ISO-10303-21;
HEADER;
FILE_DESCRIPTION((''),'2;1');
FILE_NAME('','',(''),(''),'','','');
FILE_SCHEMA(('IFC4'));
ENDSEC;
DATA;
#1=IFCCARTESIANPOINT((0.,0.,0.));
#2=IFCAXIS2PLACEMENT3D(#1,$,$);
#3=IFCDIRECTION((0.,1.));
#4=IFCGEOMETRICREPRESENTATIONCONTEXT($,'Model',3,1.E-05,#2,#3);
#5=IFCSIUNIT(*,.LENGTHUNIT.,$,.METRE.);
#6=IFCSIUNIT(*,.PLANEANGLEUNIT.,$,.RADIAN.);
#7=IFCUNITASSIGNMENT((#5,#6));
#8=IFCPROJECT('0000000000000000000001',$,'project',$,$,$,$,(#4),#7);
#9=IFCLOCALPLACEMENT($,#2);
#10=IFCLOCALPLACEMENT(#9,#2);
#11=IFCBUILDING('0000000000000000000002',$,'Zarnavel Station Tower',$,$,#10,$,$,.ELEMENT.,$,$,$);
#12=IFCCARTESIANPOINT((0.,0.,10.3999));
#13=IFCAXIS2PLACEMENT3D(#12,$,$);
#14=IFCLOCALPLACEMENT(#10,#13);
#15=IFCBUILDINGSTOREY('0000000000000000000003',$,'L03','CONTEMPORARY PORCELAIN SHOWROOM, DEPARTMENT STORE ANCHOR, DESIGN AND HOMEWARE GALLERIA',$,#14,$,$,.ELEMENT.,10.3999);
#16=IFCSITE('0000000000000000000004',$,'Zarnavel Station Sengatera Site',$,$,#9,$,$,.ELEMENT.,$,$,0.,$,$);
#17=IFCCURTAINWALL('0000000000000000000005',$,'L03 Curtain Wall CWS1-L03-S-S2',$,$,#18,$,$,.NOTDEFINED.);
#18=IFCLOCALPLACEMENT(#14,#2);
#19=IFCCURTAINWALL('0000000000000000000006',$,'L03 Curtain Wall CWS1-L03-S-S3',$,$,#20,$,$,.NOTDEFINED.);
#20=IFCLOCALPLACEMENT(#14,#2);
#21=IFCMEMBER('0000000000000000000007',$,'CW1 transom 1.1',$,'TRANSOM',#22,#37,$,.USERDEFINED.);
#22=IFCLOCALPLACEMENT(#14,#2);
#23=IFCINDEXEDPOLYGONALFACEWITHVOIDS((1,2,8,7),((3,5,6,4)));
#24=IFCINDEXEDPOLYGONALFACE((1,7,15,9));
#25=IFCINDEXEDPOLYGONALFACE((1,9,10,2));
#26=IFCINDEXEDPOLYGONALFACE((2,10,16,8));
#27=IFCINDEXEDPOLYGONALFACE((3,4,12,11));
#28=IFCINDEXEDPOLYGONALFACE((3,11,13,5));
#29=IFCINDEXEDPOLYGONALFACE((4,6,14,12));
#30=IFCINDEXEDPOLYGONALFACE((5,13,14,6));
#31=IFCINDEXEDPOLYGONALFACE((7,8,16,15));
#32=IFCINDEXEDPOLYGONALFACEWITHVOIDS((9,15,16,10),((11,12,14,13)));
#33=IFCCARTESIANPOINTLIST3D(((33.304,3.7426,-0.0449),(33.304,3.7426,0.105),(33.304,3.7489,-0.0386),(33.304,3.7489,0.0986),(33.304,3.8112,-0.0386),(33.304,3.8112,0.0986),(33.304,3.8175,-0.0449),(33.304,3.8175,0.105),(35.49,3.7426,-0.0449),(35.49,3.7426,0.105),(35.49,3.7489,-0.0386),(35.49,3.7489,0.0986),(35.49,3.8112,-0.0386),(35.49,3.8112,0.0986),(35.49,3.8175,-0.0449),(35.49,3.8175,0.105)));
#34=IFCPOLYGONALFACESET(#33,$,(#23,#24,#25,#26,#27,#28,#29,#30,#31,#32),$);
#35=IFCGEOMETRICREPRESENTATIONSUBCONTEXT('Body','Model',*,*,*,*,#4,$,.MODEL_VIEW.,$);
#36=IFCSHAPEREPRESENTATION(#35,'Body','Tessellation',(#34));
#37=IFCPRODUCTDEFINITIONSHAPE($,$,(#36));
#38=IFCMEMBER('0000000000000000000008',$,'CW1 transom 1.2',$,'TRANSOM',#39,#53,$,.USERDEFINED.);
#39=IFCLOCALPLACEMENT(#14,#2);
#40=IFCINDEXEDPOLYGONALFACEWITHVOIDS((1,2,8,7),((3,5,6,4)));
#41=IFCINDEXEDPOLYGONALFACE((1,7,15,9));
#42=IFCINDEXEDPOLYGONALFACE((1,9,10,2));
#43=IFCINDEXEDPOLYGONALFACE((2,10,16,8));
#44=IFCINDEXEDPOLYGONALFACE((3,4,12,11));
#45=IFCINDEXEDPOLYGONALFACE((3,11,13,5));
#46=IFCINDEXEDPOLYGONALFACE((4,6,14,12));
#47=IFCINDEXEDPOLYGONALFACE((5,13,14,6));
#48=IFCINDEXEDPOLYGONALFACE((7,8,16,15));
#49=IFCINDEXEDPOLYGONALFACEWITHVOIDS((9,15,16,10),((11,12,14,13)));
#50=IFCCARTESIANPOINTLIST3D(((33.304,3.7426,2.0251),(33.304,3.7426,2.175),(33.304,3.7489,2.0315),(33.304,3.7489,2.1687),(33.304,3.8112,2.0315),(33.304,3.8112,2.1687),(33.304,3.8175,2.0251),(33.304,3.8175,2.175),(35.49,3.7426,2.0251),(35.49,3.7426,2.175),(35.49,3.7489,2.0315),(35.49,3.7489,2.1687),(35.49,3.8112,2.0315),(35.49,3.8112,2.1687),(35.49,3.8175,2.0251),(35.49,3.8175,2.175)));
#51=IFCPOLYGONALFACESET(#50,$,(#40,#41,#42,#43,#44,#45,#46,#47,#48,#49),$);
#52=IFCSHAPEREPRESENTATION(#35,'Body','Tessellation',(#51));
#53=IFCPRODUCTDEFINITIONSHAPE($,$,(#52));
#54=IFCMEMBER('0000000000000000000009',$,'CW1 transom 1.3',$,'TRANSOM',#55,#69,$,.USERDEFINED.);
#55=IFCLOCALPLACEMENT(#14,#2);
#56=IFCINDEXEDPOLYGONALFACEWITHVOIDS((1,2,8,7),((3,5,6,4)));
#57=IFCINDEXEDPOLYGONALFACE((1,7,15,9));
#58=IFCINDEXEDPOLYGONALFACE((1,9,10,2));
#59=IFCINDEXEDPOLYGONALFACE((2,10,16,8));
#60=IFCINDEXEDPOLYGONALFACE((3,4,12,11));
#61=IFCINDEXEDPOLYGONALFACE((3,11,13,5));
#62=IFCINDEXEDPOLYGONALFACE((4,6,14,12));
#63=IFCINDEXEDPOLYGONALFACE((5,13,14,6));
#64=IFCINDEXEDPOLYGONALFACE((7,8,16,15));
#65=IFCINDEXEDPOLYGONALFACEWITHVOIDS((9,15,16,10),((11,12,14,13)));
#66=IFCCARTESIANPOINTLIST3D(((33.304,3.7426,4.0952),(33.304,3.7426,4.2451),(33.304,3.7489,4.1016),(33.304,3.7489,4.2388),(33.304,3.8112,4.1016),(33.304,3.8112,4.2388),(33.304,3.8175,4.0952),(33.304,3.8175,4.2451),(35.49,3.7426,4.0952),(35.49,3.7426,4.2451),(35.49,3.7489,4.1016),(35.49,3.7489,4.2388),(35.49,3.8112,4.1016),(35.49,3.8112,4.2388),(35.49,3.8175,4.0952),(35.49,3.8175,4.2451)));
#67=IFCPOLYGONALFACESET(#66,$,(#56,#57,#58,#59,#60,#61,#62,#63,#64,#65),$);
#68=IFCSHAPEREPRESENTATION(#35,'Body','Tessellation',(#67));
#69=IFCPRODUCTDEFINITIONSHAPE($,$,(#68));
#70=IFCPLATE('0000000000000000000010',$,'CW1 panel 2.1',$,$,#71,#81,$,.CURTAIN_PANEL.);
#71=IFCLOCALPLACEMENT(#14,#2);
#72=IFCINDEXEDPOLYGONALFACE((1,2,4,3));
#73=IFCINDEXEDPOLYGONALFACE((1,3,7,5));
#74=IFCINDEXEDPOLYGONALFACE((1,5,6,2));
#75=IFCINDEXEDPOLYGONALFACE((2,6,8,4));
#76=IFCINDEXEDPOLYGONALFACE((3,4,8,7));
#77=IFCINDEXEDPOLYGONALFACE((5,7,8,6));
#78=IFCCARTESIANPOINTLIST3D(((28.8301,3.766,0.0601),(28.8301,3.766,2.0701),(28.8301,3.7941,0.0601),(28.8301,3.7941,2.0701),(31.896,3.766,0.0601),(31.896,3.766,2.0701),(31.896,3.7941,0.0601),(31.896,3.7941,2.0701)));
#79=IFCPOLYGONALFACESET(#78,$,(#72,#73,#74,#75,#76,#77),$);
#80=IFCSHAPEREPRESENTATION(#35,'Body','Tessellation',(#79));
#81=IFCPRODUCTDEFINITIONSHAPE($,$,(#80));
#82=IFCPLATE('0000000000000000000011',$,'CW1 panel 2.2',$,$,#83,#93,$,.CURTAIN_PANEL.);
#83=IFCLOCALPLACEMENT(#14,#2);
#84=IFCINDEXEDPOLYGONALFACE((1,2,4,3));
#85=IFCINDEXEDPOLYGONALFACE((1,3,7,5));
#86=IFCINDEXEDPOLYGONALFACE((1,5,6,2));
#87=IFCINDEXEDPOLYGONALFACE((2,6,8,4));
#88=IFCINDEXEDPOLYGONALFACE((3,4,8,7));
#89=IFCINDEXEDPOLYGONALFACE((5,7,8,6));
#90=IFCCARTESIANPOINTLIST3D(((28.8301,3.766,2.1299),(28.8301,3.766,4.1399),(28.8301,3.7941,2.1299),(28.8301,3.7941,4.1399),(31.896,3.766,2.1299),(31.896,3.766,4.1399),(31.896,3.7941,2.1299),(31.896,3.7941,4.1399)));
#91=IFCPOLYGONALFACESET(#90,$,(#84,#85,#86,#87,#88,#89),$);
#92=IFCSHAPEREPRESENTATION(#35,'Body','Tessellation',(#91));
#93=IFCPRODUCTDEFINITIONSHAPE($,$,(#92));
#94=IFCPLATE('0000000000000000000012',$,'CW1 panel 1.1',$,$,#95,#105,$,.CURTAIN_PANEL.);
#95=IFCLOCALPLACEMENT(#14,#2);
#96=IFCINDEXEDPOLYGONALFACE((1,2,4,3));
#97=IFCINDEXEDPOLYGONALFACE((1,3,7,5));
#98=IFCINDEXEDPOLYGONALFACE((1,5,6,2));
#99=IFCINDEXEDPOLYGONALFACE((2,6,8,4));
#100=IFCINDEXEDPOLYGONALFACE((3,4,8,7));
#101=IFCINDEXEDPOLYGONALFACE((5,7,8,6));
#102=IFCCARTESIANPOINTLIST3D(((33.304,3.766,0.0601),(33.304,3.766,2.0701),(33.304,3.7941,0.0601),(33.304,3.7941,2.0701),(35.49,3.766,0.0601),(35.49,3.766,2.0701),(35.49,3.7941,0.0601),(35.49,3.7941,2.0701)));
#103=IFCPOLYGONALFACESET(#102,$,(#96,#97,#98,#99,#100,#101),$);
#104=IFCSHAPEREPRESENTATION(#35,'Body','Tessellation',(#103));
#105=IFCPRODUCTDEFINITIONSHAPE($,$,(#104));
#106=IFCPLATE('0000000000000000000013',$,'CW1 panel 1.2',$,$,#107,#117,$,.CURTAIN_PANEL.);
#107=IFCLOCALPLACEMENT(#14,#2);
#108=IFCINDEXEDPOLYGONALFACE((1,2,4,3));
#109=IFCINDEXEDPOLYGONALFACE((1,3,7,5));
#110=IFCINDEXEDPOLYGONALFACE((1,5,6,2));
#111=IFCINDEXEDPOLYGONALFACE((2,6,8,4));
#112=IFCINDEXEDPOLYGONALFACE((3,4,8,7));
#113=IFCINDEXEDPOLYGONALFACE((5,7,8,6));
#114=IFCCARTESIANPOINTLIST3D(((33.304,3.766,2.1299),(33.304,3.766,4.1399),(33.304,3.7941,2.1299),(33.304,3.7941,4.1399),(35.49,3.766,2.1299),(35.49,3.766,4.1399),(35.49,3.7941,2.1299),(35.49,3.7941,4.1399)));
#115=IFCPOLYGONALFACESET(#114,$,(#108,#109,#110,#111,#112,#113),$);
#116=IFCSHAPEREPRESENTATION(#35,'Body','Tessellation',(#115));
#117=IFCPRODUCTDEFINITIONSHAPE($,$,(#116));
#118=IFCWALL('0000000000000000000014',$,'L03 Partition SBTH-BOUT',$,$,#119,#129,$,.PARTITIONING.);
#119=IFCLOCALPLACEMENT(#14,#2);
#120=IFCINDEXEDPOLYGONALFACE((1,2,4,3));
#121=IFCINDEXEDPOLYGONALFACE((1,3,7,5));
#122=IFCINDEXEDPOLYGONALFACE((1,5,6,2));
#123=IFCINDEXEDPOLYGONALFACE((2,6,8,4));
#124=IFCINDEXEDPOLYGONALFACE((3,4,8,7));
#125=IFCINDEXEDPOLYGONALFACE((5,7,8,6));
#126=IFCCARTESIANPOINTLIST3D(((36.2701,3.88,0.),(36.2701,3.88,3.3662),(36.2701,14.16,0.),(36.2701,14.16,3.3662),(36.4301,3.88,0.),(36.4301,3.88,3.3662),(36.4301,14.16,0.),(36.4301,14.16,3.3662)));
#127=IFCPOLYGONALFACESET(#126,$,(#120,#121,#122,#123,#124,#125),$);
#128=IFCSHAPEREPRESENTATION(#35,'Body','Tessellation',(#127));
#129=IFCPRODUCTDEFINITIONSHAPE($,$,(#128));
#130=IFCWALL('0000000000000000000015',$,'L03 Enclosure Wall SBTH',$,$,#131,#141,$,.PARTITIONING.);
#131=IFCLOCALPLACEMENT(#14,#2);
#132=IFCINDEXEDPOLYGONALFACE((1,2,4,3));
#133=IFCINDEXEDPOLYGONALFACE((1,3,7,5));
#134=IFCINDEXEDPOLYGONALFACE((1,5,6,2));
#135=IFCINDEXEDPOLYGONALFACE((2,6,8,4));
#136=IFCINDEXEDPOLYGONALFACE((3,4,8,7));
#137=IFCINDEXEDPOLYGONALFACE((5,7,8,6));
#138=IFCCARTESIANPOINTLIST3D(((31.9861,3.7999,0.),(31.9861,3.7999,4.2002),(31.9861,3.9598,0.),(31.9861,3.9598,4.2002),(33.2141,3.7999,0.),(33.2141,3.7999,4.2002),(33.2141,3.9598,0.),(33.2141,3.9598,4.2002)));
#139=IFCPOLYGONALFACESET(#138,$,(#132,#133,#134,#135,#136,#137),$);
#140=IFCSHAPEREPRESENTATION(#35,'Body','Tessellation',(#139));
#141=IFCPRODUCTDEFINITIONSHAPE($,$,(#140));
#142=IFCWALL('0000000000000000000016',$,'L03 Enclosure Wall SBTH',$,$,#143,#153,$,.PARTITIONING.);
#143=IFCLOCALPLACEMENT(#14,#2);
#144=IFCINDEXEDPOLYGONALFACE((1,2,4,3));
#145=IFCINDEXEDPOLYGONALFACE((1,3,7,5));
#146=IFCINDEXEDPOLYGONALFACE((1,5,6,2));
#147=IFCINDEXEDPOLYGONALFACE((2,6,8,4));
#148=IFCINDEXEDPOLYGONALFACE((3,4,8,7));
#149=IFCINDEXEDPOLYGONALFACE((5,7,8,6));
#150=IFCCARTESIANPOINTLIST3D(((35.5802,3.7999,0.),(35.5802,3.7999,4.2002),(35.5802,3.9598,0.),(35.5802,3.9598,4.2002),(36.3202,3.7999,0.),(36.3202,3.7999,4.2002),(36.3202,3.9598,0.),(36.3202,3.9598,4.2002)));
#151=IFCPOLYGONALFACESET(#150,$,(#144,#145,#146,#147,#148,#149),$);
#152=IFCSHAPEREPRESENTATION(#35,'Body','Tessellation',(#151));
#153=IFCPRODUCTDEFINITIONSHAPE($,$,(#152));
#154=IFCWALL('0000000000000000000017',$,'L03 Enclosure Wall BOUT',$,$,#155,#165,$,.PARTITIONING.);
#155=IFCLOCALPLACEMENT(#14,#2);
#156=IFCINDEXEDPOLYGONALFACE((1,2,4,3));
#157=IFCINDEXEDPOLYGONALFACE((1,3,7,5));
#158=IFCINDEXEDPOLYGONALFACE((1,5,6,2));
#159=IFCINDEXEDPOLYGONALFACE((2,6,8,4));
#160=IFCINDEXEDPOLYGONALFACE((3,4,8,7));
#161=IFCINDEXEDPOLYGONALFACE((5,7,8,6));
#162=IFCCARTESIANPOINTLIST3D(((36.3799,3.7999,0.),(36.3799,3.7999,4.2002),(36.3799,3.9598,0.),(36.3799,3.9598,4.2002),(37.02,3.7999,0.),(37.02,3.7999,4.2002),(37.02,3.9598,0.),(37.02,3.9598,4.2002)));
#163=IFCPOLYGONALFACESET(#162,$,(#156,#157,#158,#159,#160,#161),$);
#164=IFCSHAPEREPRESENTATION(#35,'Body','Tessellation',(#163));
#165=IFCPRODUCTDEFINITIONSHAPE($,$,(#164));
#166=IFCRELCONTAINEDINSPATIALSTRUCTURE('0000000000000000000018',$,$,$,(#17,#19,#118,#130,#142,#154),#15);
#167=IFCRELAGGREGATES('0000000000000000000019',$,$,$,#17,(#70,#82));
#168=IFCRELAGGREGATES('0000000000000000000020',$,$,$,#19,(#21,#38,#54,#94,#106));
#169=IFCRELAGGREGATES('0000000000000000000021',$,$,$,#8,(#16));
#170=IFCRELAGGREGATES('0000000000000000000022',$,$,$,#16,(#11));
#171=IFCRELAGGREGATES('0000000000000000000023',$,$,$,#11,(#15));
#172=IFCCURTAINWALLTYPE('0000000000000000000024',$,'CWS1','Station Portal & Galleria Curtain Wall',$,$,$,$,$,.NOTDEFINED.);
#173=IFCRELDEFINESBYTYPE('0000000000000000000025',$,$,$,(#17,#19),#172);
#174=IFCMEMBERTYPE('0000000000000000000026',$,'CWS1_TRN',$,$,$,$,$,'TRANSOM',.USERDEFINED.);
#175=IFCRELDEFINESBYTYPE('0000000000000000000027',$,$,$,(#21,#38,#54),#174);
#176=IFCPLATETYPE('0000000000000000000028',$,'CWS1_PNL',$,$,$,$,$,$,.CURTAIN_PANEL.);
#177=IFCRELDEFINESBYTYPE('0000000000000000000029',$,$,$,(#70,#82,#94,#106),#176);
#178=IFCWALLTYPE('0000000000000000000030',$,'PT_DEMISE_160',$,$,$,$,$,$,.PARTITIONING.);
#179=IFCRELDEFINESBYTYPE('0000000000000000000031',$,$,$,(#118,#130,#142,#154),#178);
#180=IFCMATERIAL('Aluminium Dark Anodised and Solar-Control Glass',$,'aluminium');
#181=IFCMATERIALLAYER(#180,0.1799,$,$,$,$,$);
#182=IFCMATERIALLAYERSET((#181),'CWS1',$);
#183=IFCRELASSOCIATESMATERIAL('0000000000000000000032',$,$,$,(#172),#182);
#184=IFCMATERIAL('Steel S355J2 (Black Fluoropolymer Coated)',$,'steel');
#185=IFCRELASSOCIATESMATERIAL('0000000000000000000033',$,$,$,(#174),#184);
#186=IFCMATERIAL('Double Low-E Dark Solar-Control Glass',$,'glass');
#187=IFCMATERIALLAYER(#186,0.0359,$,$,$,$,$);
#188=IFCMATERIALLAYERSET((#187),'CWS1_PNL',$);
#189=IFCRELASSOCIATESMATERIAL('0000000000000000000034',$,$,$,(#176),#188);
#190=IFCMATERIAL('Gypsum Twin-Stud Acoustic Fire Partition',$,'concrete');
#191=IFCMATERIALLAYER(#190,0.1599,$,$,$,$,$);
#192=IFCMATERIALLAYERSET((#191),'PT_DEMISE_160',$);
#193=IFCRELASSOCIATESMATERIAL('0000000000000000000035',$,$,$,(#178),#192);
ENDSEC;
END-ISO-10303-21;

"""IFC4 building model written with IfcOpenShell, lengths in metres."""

from ifc_helpers import new_model, si_unit, direction, frame, frame_2d, origin, origin_2d, place, context, subcontext, project, spatial, rectangle, hollow_rectangle, extrude, material, layer, layer_set, material_profile, profile_set, type_object, element, aggregate, save


model = new_model("IFC4")

# Units and contexts
model_context = context("Model", 3, precision=1e-05, world=origin(), true_north=direction((0.0, 1.0)))
body_context = subcontext(model_context, "Body", "Model", "MODEL_VIEW")
ifc_project = project(units=[si_unit("LENGTHUNIT", "METRE"), si_unit("PLANEANGLEUNIT", "RADIAN")], contexts=[model_context])

# Site, building, storey
site_placement = place(None, origin())
site = spatial("IfcSite", under=ifc_project, at=site_placement, Name="Zarnavel Station Sengatera Site", CompositionType="ELEMENT", RefElevation=0.0)
building_placement = place(site_placement, origin())
building = spatial("IfcBuilding", under=site, at=building_placement, Name="Zarnavel Station Tower", CompositionType="ELEMENT")
storey_placement = place(building_placement, frame((0.0, 0.0, 10.3999)))
storey = spatial("IfcBuildingStorey", under=building, at=storey_placement, Name="L03", Description="CONTEMPORARY PORCELAIN SHOWROOM, DEPARTMENT STORE ANCHOR, DESIGN AND HOMEWARE GALLERIA", CompositionType="ELEMENT", Elevation=10.3999)

# Curtain walls
ifc_material_1 = material(Name="Aluminium Dark Anodised and Solar-Control Glass", Category="aluminium")
ifc_layer_1 = layer(ifc_material_1, 0.1799)
ifc_layer_set_1 = layer_set([ifc_layer_1], Name="CWS1")
curtain_wall_type = type_object("IfcCurtainWallType", Name="CWS1", Description="Station Portal & Galleria Curtain Wall", PredefinedType="NOTDEFINED", material=ifc_layer_set_1)
curtain_wall_1_placement = place(storey_placement, origin())
curtain_wall_1 = element("IfcCurtainWall", 1, at=curtain_wall_1_placement, inside=storey, type_object=curtain_wall_type, Name="L03 Curtain Wall CWS1-L03-S-S2", PredefinedType="NOTDEFINED")
curtain_wall_2_placement = place(storey_placement, origin())
curtain_wall_2 = element("IfcCurtainWall", 2, at=curtain_wall_2_placement, inside=storey, type_object=curtain_wall_type, Name="L03 Curtain Wall CWS1-L03-S-S3", PredefinedType="NOTDEFINED")

# Members
ifc_material_2 = material(Name="Steel S355J2 (Black Fluoropolymer Coated)", Category="steel")
ifc_material_profile_1 = material_profile(ifc_material_2, hollow_rectangle(XDim=0.075, YDim=0.1499, WallThickness=0.0063, at=origin_2d()), Name="RHS150x75x6.3")
ifc_profile_set_1 = profile_set([ifc_material_profile_1], Name="Steel S355J2 (Black Fluoropolymer Coated)")
member_type_1 = type_object("IfcMemberType", Name="CWS1_TRN", ElementType="TRANSOM", PredefinedType="USERDEFINED", material=ifc_profile_set_1)
member_1_placement = place(storey_placement, frame((33.304, 3.78, 0.03), z_axis=(1.0, 0.0, 0.0), x_axis=(0.0, 1.0, 0.0)))
member_1 = element("IfcMember", 3, at=member_1_placement, type_object=member_type_1, Name="CW1 transom 1.1", ObjectType="TRANSOM", PredefinedType="USERDEFINED", context=body_context, shape_type="SweptSolid", body=[
    extrude(hollow_rectangle(XDim=0.075, YDim=0.1499, WallThickness=0.0063, at=origin_2d()), origin(), (0.0, 0.0, 1.0), 2.186),
])
member_2_placement = place(storey_placement, frame((33.304, 3.78, 2.1001), z_axis=(1.0, 0.0, 0.0), x_axis=(0.0, 1.0, 0.0)))
member_2 = element("IfcMember", 4, at=member_2_placement, type_object=member_type_1, Name="CW1 transom 1.2", ObjectType="TRANSOM", PredefinedType="USERDEFINED", context=body_context, shape_type="SweptSolid", body=[
    extrude(hollow_rectangle(XDim=0.075, YDim=0.1499, WallThickness=0.0063, at=origin_2d()), origin(), (0.0, 0.0, 1.0), 2.186),
])
member_3_placement = place(storey_placement, frame((33.304, 3.78, 4.1702), z_axis=(1.0, 0.0, 0.0), x_axis=(0.0, 1.0, 0.0)))
member_3 = element("IfcMember", 5, at=member_3_placement, type_object=member_type_1, Name="CW1 transom 1.3", ObjectType="TRANSOM", PredefinedType="USERDEFINED", context=body_context, shape_type="SweptSolid", body=[
    extrude(hollow_rectangle(XDim=0.075, YDim=0.1499, WallThickness=0.0063, at=origin_2d()), origin(), (0.0, 0.0, 1.0), 2.186),
])

# Plates
ifc_material_3 = material(Name="Double Low-E Dark Solar-Control Glass", Category="glass")
ifc_layer_2 = layer(ifc_material_3, 0.0359)
ifc_layer_set_2 = layer_set([ifc_layer_2], Name="CWS1_PNL")
plate_type = type_object("IfcPlateType", Name="CWS1_PNL", PredefinedType="CURTAIN_PANEL", material=ifc_layer_set_2)
plate_1_placement = place(storey_placement, frame((30.363, 3.78, 0.0601), z_axis=(0.0, 0.0, 1.0), x_axis=(1.0, 0.0, 0.0)))
plate_1 = element("IfcPlate", 6, at=plate_1_placement, type_object=plate_type, Name="CW1 panel 2.1", PredefinedType="CURTAIN_PANEL", context=body_context, shape_type="SweptSolid", body=[
    extrude(rectangle(XDim=3.0659, YDim=0.0281, at=origin_2d()), origin(), (0.0, 0.0, 1.0), 2.01),
])
plate_2_placement = place(storey_placement, frame((30.363, 3.78, 2.1299), z_axis=(0.0, 0.0, 1.0), x_axis=(1.0, 0.0, 0.0)))
plate_2 = element("IfcPlate", 7, at=plate_2_placement, type_object=plate_type, Name="CW1 panel 2.2", PredefinedType="CURTAIN_PANEL", context=body_context, shape_type="SweptSolid", body=[
    extrude(rectangle(XDim=3.0659, YDim=0.0281, at=origin_2d()), origin(), (0.0, 0.0, 1.0), 2.01),
])
aggregate(curtain_wall_1, [plate_1, plate_2])
plate_3_placement = place(storey_placement, frame((34.397, 3.78, 0.0601), z_axis=(0.0, 0.0, 1.0), x_axis=(1.0, 0.0, 0.0)))
plate_3 = element("IfcPlate", 8, at=plate_3_placement, type_object=plate_type, Name="CW1 panel 1.1", PredefinedType="CURTAIN_PANEL", context=body_context, shape_type="SweptSolid", body=[
    extrude(rectangle(XDim=2.186, YDim=0.0281, at=origin_2d()), origin(), (0.0, 0.0, 1.0), 2.01),
])
plate_4_placement = place(storey_placement, frame((34.397, 3.78, 2.1299), z_axis=(0.0, 0.0, 1.0), x_axis=(1.0, 0.0, 0.0)))
plate_4 = element("IfcPlate", 9, at=plate_4_placement, type_object=plate_type, Name="CW1 panel 1.2", PredefinedType="CURTAIN_PANEL", context=body_context, shape_type="SweptSolid", body=[
    extrude(rectangle(XDim=2.186, YDim=0.0281, at=origin_2d()), origin(), (0.0, 0.0, 1.0), 2.01),
])
aggregate(curtain_wall_2, [member_1, member_2, member_3, plate_3, plate_4])

# Walls
ifc_material_4 = material(Name="Gypsum Twin-Stud Acoustic Fire Partition", Category="concrete")
ifc_layer_3 = layer(ifc_material_4, 0.1599)
ifc_layer_set_3 = layer_set([ifc_layer_3], Name="PT_DEMISE_160")
wall_type = type_object("IfcWallType", Name="PT_DEMISE_160", PredefinedType="PARTITIONING", material=ifc_layer_set_3)
wall_1_placement = place(storey_placement, frame((36.3501, 3.8799, 0.0), z_axis=(0.0, 0.0, 1.0), x_axis=(0.0, 1.0, 0.0)))
element("IfcWall", 10, at=wall_1_placement, inside=storey, type_object=wall_type, Name="L03 Partition SBTH-BOUT", PredefinedType="PARTITIONING", context=body_context, shape_type="SweptSolid", body=[
    extrude(rectangle(XDim=10.28, YDim=0.1599, at=frame_2d((5.1401, 0.0))), origin(), (0.0, 0.0, 1.0), 3.3662),
])
wall_2_placement = place(storey_placement, frame((31.9861, 3.8799, 0.0), z_axis=(0.0, 0.0, 1.0), x_axis=(1.0, 0.0, 0.0)))
element("IfcWall", 11, at=wall_2_placement, inside=storey, type_object=wall_type, Name="L03 Enclosure Wall SBTH", PredefinedType="PARTITIONING", context=body_context, shape_type="SweptSolid", body=[
    extrude(rectangle(XDim=1.228, YDim=0.1599, at=frame_2d((0.614, 0.0))), origin(), (0.0, 0.0, 1.0), 4.2002),
])
wall_3_placement = place(storey_placement, frame((35.5801, 3.8799, 0.0), z_axis=(0.0, 0.0, 1.0), x_axis=(1.0, 0.0, 0.0)))
element("IfcWall", 12, at=wall_3_placement, inside=storey, type_object=wall_type, Name="L03 Enclosure Wall SBTH", PredefinedType="PARTITIONING", context=body_context, shape_type="SweptSolid", body=[
    extrude(rectangle(XDim=0.74, YDim=0.1599, at=frame_2d((0.3701, 0.0))), origin(), (0.0, 0.0, 1.0), 4.2002),
])
wall_4_placement = place(storey_placement, frame((36.3799, 3.8799, 0.0), z_axis=(0.0, 0.0, 1.0), x_axis=(1.0, 0.0, 0.0)))
element("IfcWall", 13, at=wall_4_placement, inside=storey, type_object=wall_type, Name="L03 Enclosure Wall BOUT", PredefinedType="PARTITIONING", context=body_context, shape_type="SweptSolid", body=[
    extrude(rectangle(XDim=0.6401, YDim=0.1599, at=frame_2d((0.3201, 0.0))), origin(), (0.0, 0.0, 1.0), 4.2002),
])

save(model, "model.ifc")
